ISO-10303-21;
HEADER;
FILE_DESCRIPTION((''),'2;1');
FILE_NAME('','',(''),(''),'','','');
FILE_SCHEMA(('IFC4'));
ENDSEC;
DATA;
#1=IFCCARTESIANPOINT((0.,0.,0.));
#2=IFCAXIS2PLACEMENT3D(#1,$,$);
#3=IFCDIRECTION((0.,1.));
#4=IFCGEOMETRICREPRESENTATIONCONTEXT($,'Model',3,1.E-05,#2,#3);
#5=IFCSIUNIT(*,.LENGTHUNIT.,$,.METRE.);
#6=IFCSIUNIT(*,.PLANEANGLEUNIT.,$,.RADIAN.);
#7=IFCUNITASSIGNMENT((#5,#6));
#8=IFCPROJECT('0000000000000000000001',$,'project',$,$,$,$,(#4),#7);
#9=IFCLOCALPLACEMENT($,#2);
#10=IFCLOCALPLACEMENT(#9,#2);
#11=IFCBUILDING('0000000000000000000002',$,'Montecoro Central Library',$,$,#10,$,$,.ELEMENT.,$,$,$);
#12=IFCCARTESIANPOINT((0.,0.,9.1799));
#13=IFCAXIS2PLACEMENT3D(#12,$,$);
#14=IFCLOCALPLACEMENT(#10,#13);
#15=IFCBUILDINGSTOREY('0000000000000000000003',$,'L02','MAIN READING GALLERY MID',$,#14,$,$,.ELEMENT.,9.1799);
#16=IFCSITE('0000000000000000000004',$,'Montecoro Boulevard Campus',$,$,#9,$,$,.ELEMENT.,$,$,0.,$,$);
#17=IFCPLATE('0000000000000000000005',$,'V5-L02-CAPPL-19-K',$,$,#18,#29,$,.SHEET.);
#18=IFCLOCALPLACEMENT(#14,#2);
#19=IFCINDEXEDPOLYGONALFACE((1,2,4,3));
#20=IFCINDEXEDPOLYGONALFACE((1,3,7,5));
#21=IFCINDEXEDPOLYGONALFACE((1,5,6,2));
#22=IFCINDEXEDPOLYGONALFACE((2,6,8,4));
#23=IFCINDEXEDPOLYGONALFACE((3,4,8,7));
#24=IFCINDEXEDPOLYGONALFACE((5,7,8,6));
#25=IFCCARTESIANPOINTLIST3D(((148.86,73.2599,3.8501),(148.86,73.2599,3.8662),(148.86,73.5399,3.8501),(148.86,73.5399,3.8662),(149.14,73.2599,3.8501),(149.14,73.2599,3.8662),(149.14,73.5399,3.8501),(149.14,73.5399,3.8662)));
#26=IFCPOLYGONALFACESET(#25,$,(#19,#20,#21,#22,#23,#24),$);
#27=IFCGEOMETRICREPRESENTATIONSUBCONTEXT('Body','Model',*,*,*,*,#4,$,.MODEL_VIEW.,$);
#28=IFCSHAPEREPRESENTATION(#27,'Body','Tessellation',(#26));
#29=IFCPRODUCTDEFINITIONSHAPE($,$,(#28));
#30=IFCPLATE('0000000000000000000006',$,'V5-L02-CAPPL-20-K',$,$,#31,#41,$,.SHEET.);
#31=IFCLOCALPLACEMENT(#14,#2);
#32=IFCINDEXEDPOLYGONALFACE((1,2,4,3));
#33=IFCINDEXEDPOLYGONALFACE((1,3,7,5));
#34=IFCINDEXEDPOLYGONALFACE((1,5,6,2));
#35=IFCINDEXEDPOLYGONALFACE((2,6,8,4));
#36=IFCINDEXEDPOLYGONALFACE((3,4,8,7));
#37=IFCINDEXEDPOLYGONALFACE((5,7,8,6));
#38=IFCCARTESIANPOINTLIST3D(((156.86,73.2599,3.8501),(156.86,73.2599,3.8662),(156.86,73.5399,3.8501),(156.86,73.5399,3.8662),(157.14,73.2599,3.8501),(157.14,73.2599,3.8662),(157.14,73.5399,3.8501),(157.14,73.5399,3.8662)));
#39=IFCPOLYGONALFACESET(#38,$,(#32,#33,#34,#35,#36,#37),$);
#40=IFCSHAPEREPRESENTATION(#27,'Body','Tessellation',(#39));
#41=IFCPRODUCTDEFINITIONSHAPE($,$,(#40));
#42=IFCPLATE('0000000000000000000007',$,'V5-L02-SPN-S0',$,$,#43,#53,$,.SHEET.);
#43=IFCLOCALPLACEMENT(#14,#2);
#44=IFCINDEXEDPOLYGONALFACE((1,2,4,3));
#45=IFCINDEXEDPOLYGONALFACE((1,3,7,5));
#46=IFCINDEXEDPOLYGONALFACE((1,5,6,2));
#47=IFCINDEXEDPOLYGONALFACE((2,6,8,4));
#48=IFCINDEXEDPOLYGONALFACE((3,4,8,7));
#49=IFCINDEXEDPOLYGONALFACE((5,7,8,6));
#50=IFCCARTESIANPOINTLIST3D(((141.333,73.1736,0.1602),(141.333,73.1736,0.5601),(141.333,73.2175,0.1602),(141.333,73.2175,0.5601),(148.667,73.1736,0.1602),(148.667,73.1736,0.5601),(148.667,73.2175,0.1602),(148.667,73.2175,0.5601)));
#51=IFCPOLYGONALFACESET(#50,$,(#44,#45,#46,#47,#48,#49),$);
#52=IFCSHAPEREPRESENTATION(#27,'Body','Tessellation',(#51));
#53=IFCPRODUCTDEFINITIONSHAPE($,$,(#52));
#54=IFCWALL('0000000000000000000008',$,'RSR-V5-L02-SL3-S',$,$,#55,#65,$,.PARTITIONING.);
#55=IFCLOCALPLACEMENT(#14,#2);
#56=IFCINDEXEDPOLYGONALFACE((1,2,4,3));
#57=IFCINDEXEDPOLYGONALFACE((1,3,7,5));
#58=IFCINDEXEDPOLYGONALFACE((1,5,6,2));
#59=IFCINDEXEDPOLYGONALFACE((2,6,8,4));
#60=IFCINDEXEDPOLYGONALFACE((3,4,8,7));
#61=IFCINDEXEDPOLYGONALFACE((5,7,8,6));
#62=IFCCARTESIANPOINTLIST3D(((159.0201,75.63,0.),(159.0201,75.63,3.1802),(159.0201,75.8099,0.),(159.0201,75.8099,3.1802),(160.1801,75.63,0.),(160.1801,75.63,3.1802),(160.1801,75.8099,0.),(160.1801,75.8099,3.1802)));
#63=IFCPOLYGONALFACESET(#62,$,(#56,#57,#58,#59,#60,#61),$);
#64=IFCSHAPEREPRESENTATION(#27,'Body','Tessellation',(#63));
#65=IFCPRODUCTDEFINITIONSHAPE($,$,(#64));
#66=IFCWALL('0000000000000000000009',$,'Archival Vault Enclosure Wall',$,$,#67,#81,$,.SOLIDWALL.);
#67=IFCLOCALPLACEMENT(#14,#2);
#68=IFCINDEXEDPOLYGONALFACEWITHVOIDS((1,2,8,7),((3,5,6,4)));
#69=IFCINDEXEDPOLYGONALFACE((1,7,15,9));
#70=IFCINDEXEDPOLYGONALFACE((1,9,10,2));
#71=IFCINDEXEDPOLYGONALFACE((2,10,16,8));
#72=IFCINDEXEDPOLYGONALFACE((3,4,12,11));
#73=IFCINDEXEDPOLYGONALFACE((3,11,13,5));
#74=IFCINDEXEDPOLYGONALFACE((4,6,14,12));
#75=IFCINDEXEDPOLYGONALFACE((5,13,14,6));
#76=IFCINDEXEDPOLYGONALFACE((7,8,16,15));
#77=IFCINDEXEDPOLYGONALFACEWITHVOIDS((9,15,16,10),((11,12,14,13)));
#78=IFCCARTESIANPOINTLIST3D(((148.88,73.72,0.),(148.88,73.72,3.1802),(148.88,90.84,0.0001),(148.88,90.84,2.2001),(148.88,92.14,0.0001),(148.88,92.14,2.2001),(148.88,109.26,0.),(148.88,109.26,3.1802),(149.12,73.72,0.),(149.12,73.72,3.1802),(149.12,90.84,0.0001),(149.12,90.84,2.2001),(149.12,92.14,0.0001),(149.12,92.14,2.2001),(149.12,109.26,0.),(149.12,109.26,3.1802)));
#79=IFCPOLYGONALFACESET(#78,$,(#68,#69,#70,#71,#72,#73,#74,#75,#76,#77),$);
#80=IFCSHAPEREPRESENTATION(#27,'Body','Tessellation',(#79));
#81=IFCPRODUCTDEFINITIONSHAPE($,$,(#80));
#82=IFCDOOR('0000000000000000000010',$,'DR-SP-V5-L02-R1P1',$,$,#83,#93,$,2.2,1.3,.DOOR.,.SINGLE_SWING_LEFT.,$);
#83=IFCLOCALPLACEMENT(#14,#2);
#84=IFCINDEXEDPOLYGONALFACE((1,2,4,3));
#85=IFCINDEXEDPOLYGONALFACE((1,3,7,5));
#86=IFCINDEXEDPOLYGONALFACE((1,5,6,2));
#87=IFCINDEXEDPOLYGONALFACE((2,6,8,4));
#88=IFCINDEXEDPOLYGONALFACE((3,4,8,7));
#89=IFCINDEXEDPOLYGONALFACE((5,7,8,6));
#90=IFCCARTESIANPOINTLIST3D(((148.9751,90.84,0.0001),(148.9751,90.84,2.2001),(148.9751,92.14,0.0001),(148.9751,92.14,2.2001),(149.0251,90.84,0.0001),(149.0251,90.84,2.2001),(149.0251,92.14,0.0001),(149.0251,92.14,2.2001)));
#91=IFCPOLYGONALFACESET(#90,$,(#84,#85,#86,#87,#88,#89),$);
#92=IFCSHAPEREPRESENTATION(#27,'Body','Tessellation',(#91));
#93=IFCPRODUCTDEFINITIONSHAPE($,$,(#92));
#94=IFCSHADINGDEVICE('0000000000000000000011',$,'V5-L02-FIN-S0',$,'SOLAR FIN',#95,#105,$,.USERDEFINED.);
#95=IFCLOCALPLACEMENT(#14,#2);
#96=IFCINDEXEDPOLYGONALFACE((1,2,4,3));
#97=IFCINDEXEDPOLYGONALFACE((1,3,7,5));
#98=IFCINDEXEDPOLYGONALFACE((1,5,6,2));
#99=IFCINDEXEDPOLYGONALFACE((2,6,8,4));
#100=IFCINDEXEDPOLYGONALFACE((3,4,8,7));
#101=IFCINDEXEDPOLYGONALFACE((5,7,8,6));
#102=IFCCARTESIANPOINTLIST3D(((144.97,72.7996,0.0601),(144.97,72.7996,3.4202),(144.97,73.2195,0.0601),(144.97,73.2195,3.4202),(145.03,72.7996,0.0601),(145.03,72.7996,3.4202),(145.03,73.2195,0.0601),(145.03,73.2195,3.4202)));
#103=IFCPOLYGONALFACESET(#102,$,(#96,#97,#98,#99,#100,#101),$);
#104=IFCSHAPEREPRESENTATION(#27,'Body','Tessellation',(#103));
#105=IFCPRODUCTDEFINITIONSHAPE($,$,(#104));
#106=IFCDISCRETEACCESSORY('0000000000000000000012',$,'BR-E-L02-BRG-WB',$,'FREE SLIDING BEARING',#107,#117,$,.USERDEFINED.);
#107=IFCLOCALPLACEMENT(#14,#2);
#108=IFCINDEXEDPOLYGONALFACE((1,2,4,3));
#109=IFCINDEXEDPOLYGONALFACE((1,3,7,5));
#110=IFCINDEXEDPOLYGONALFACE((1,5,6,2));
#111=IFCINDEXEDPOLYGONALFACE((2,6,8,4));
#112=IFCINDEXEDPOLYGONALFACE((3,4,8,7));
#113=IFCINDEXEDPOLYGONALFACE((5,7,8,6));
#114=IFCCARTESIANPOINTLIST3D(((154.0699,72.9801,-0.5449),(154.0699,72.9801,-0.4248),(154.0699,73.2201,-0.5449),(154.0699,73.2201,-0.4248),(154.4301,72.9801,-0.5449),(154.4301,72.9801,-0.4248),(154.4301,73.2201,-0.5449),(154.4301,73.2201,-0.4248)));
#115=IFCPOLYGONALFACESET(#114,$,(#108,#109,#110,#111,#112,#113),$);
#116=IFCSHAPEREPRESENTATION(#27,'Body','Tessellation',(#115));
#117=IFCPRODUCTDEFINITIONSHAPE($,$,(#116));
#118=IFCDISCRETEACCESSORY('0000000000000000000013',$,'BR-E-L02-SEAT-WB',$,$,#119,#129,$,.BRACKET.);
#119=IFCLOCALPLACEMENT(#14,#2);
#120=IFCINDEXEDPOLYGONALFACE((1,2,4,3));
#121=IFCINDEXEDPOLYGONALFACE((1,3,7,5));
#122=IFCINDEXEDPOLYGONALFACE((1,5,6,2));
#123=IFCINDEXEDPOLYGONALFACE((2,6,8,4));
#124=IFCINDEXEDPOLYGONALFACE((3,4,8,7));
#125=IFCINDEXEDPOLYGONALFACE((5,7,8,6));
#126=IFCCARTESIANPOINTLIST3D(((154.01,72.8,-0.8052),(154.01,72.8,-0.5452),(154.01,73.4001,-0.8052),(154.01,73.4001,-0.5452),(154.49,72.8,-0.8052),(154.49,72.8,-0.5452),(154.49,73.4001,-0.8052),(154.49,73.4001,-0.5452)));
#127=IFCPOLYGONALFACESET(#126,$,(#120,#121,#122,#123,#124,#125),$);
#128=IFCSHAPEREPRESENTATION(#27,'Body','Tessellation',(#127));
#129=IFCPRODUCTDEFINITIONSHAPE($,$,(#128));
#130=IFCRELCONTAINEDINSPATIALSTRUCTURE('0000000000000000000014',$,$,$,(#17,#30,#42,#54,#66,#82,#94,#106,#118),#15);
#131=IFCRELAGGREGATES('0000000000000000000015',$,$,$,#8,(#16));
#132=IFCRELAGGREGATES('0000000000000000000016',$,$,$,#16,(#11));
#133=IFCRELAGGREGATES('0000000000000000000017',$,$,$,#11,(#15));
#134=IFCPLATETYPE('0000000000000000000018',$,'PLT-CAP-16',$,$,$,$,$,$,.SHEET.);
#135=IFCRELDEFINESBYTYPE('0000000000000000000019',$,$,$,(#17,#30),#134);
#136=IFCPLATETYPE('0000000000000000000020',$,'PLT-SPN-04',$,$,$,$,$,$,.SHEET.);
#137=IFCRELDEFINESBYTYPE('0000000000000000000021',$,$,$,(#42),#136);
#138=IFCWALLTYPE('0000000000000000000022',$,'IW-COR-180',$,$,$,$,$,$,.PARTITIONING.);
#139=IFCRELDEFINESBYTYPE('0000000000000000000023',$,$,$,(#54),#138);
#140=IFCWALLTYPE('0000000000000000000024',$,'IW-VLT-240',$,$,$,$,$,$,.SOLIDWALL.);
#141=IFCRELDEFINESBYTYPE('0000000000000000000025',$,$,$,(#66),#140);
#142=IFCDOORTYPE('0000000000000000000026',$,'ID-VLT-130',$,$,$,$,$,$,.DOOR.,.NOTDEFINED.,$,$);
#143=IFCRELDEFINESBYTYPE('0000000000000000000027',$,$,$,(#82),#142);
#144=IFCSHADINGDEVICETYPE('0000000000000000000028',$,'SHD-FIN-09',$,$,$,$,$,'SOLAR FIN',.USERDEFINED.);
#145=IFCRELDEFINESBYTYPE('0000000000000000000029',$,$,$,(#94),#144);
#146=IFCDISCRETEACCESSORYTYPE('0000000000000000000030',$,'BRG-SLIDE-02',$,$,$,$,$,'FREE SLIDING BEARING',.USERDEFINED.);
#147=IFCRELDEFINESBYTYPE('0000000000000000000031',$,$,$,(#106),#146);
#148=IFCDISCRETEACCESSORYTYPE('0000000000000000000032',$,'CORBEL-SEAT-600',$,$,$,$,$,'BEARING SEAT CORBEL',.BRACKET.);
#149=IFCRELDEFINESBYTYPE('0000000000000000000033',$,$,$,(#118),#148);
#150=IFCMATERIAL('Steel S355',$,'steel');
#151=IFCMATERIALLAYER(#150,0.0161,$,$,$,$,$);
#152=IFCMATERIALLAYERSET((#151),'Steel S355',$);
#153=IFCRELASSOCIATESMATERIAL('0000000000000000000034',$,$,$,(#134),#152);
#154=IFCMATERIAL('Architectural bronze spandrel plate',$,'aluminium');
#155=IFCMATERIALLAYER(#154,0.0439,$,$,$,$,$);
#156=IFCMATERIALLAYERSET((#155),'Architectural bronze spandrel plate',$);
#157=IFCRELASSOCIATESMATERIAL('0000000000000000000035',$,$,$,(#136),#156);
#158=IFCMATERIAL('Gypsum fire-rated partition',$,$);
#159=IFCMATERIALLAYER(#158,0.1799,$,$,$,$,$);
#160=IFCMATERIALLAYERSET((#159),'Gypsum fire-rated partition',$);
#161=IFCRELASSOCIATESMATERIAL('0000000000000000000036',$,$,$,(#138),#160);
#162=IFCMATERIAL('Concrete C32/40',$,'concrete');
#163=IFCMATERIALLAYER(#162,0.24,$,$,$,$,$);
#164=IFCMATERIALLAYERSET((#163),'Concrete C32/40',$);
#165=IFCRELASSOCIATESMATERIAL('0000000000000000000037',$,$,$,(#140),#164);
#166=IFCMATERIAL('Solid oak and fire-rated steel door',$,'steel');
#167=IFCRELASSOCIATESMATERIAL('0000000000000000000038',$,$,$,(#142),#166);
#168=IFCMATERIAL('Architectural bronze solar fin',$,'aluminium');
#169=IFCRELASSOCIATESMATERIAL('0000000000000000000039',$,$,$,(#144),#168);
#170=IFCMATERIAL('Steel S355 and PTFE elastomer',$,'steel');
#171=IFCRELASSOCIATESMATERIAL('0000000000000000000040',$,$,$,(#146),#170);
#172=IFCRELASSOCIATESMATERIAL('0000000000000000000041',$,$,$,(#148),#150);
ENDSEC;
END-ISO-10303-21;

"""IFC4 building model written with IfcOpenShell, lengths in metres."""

from ifc_helpers import new_model, si_unit, direction, frame, frame_2d, origin, origin_2d, place, context, subcontext, project, spatial, rectangle, extrude, material, layer, layer_set, type_object, element, fill, save


model = new_model("IFC4")

# Units and contexts
model_context = context("Model", 3, precision=1e-05, world=origin(), true_north=direction((0.0, 1.0)))
body_context = subcontext(model_context, "Body", "Model", "MODEL_VIEW")
ifc_project = project(units=[si_unit("LENGTHUNIT", "METRE"), si_unit("PLANEANGLEUNIT", "RADIAN")], contexts=[model_context])

# Site, building, storey
site_placement = place(None, origin())
site = spatial("IfcSite", under=ifc_project, at=site_placement, Name="Montecoro Boulevard Campus", CompositionType="ELEMENT", RefElevation=0.0)
building_placement = place(site_placement, origin())
building = spatial("IfcBuilding", under=site, at=building_placement, Name="Montecoro Central Library", CompositionType="ELEMENT")
storey_placement = place(building_placement, frame((0.0, 0.0, 9.1799)))
storey = spatial("IfcBuildingStorey", under=building, at=storey_placement, Name="L02", Description="MAIN READING GALLERY MID", CompositionType="ELEMENT", Elevation=9.1799)

# Shared definitions
ifc_material_1 = material(Name="Steel S355", Category="steel")

# Plates
ifc_layer_1 = layer(ifc_material_1, 0.0161)
ifc_layer_set_1 = layer_set([ifc_layer_1], Name="Steel S355")
plate_type_1 = type_object("IfcPlateType", Name="PLT-CAP-16", PredefinedType="SHEET", material=ifc_layer_set_1)
for number, where, z_axis, x_axis, name in (
    (1, (149.0, 73.3999, 3.8501), (0.0, 0.0, 1.0), (1.0, 0.0, 0.0), "V5-L02-CAPPL-19-K"),
    (2, (157.0, 73.3999, 3.8501), (0.0, 0.0, 1.0), (1.0, 0.0, 0.0), "V5-L02-CAPPL-20-K"),
):
    element("IfcPlate", number, at=place(storey_placement, frame(where, z_axis=z_axis, x_axis=x_axis)), inside=storey, type_object=plate_type_1, Name=name, PredefinedType="SHEET", context=body_context, shape_type="SweptSolid", body=[
        extrude(rectangle(XDim=0.28, YDim=0.28, at=origin_2d()), origin(), (0.0, 0.0, 1.0), 0.0161),
    ])
ifc_material_2 = material(Name="Architectural bronze spandrel plate", Category="aluminium")
ifc_layer_2 = layer(ifc_material_2, 0.0439)
ifc_layer_set_2 = layer_set([ifc_layer_2], Name="Architectural bronze spandrel plate")
plate_type_2 = type_object("IfcPlateType", Name="PLT-SPN-04", PredefinedType="SHEET", material=ifc_layer_set_2)
plate_1_placement = place(storey_placement, frame((145.0, 73.1956, 0.1602), z_axis=(0.0, 0.0, 1.0), x_axis=(1.0, 0.0, 0.0)))
element("IfcPlate", 3, at=plate_1_placement, inside=storey, type_object=plate_type_2, Name="V5-L02-SPN-S0", PredefinedType="SHEET", context=body_context, shape_type="SweptSolid", body=[
    extrude(rectangle(XDim=7.334, YDim=0.0439, at=origin_2d()), origin(), (0.0, 0.0, 1.0), 0.3999),
])

# Wall
ifc_material_3 = material(Name="Gypsum fire-rated partition")
ifc_layer_3 = layer(ifc_material_3, 0.1799)
ifc_layer_set_3 = layer_set([ifc_layer_3], Name="Gypsum fire-rated partition")
wall_type_1 = type_object("IfcWallType", Name="IW-COR-180", PredefinedType="PARTITIONING", material=ifc_layer_set_3)
wall_1_placement = place(storey_placement, frame((159.02, 75.72, 0.0), z_axis=(0.0, 0.0, 1.0), x_axis=(1.0, 0.0, 0.0)))
element("IfcWall", 4, at=wall_1_placement, inside=storey, type_object=wall_type_1, Name="RSR-V5-L02-SL3-S", PredefinedType="PARTITIONING", context=body_context, shape_type="SweptSolid", body=[
    extrude(rectangle(XDim=1.1599, YDim=0.1799, at=frame_2d((0.5801, 0.0))), origin(), (0.0, 0.0, 1.0), 3.1802),
])

# Wall, opening, door
ifc_material_4 = material(Name="Concrete C32/40", Category="concrete")
ifc_layer_4 = layer(ifc_material_4, 0.24)
ifc_layer_set_4 = layer_set([ifc_layer_4], Name="Concrete C32/40")
wall_type_2 = type_object("IfcWallType", Name="IW-VLT-240", PredefinedType="SOLIDWALL", material=ifc_layer_set_4)
wall_2_placement = place(storey_placement, frame((149.0, 73.72, 0.0), z_axis=(0.0, 0.0, 1.0), x_axis=(0.0, 1.0, 0.0)))
wall_2 = element("IfcWall", 5, at=wall_2_placement, inside=storey, type_object=wall_type_2, Name="Archival Vault Enclosure Wall", PredefinedType="SOLIDWALL", context=body_context, shape_type="SweptSolid", body=[
    extrude(rectangle(XDim=35.54, YDim=0.24, at=frame_2d((17.77, 0.0))), origin(), (0.0, 0.0, 1.0), 3.1802),
])
opening_placement = place(wall_2_placement, frame((17.1201, 0.0, 0.0)))
opening = element("IfcOpeningElement", 6, at=opening_placement, cuts=wall_2, PredefinedType="OPENING", context=body_context, shape_type="SweptSolid", body=[
    extrude(rectangle(XDim=1.3, YDim=2.2, at=frame_2d((0.6499, 1.1001))), frame((0.0, 0.1299, 0.0), z_axis=(0.0, -1.0, 0.0), x_axis=(1.0, 0.0, 0.0)), (0.0, 0.0, 1.0), 0.26),
])
ifc_material_5 = material(Name="Solid oak and fire-rated steel door", Category="steel")
door_type = type_object("IfcDoorType", Name="ID-VLT-130", OperationType="NOTDEFINED", PredefinedType="DOOR", material=ifc_material_5)
door_placement = place(opening_placement, origin())
door = element("IfcDoor", 7, at=door_placement, inside=storey, type_object=door_type, Name="DR-SP-V5-L02-R1P1", OperationType="SINGLE_SWING_LEFT", OverallHeight=2.2, OverallWidth=1.3, PredefinedType="DOOR", context=body_context, shape_type="SweptSolid", body=[
    extrude(rectangle(XDim=1.3, YDim=2.2, at=frame_2d((0.6499, 1.1001))), frame((0.0, 0.0249, 0.0), z_axis=(0.0, -1.0, 0.0), x_axis=(1.0, 0.0, 0.0)), (0.0, 0.0, 1.0), 0.05),
])
fill(opening, door)

# Shading device
ifc_material_6 = material(Name="Architectural bronze solar fin", Category="aluminium")
shading_device_type = type_object("IfcShadingDeviceType", Name="SHD-FIN-09", ElementType="SOLAR FIN", PredefinedType="USERDEFINED", material=ifc_material_6)
shading_device_placement = place(storey_placement, frame((145.0, 73.0095, 0.0601), z_axis=(0.0, 0.0, 1.0), x_axis=(1.0, 0.0, 0.0)))
element("IfcShadingDevice", 8, at=shading_device_placement, inside=storey, type_object=shading_device_type, Name="V5-L02-FIN-S0", ObjectType="SOLAR FIN", PredefinedType="USERDEFINED", context=body_context, shape_type="SweptSolid", body=[
    extrude(rectangle(XDim=0.0601, YDim=0.4199, at=origin_2d()), origin(), (0.0, 0.0, 1.0), 3.3601),
])

# Discrete accessories
ifc_material_7 = material(Name="Steel S355 and PTFE elastomer", Category="steel")
discrete_accessory_type_1 = type_object("IfcDiscreteAccessoryType", Name="BRG-SLIDE-02", ElementType="FREE SLIDING BEARING", PredefinedType="USERDEFINED", material=ifc_material_7)
discrete_accessory_1_placement = place(storey_placement, frame((154.25, 73.1001, -0.5449), z_axis=(0.0, 0.0, 1.0), x_axis=(1.0, 0.0, 0.0)))
element("IfcDiscreteAccessory", 9, at=discrete_accessory_1_placement, inside=storey, type_object=discrete_accessory_type_1, Name="BR-E-L02-BRG-WB", ObjectType="FREE SLIDING BEARING", PredefinedType="USERDEFINED", context=body_context, shape_type="SweptSolid", body=[
    extrude(rectangle(XDim=0.3601, YDim=0.24, at=origin_2d()), origin(), (0.0, 0.0, 1.0), 0.1201),
])
discrete_accessory_type_2 = type_object("IfcDiscreteAccessoryType", Name="CORBEL-SEAT-600", ElementType="BEARING SEAT CORBEL", PredefinedType="BRACKET", material=ifc_material_1)
discrete_accessory_2_placement = place(storey_placement, frame((154.25, 73.1001, -0.8052), z_axis=(0.0, 0.0, 1.0), x_axis=(1.0, 0.0, 0.0)))
element("IfcDiscreteAccessory", 10, at=discrete_accessory_2_placement, inside=storey, type_object=discrete_accessory_type_2, Name="BR-E-L02-SEAT-WB", PredefinedType="BRACKET", context=body_context, shape_type="SweptSolid", body=[
    extrude(rectangle(XDim=0.48, YDim=0.6001, at=origin_2d()), origin(), (0.0, 0.0, 1.0), 0.26),
])

save(model, "model.ifc")
